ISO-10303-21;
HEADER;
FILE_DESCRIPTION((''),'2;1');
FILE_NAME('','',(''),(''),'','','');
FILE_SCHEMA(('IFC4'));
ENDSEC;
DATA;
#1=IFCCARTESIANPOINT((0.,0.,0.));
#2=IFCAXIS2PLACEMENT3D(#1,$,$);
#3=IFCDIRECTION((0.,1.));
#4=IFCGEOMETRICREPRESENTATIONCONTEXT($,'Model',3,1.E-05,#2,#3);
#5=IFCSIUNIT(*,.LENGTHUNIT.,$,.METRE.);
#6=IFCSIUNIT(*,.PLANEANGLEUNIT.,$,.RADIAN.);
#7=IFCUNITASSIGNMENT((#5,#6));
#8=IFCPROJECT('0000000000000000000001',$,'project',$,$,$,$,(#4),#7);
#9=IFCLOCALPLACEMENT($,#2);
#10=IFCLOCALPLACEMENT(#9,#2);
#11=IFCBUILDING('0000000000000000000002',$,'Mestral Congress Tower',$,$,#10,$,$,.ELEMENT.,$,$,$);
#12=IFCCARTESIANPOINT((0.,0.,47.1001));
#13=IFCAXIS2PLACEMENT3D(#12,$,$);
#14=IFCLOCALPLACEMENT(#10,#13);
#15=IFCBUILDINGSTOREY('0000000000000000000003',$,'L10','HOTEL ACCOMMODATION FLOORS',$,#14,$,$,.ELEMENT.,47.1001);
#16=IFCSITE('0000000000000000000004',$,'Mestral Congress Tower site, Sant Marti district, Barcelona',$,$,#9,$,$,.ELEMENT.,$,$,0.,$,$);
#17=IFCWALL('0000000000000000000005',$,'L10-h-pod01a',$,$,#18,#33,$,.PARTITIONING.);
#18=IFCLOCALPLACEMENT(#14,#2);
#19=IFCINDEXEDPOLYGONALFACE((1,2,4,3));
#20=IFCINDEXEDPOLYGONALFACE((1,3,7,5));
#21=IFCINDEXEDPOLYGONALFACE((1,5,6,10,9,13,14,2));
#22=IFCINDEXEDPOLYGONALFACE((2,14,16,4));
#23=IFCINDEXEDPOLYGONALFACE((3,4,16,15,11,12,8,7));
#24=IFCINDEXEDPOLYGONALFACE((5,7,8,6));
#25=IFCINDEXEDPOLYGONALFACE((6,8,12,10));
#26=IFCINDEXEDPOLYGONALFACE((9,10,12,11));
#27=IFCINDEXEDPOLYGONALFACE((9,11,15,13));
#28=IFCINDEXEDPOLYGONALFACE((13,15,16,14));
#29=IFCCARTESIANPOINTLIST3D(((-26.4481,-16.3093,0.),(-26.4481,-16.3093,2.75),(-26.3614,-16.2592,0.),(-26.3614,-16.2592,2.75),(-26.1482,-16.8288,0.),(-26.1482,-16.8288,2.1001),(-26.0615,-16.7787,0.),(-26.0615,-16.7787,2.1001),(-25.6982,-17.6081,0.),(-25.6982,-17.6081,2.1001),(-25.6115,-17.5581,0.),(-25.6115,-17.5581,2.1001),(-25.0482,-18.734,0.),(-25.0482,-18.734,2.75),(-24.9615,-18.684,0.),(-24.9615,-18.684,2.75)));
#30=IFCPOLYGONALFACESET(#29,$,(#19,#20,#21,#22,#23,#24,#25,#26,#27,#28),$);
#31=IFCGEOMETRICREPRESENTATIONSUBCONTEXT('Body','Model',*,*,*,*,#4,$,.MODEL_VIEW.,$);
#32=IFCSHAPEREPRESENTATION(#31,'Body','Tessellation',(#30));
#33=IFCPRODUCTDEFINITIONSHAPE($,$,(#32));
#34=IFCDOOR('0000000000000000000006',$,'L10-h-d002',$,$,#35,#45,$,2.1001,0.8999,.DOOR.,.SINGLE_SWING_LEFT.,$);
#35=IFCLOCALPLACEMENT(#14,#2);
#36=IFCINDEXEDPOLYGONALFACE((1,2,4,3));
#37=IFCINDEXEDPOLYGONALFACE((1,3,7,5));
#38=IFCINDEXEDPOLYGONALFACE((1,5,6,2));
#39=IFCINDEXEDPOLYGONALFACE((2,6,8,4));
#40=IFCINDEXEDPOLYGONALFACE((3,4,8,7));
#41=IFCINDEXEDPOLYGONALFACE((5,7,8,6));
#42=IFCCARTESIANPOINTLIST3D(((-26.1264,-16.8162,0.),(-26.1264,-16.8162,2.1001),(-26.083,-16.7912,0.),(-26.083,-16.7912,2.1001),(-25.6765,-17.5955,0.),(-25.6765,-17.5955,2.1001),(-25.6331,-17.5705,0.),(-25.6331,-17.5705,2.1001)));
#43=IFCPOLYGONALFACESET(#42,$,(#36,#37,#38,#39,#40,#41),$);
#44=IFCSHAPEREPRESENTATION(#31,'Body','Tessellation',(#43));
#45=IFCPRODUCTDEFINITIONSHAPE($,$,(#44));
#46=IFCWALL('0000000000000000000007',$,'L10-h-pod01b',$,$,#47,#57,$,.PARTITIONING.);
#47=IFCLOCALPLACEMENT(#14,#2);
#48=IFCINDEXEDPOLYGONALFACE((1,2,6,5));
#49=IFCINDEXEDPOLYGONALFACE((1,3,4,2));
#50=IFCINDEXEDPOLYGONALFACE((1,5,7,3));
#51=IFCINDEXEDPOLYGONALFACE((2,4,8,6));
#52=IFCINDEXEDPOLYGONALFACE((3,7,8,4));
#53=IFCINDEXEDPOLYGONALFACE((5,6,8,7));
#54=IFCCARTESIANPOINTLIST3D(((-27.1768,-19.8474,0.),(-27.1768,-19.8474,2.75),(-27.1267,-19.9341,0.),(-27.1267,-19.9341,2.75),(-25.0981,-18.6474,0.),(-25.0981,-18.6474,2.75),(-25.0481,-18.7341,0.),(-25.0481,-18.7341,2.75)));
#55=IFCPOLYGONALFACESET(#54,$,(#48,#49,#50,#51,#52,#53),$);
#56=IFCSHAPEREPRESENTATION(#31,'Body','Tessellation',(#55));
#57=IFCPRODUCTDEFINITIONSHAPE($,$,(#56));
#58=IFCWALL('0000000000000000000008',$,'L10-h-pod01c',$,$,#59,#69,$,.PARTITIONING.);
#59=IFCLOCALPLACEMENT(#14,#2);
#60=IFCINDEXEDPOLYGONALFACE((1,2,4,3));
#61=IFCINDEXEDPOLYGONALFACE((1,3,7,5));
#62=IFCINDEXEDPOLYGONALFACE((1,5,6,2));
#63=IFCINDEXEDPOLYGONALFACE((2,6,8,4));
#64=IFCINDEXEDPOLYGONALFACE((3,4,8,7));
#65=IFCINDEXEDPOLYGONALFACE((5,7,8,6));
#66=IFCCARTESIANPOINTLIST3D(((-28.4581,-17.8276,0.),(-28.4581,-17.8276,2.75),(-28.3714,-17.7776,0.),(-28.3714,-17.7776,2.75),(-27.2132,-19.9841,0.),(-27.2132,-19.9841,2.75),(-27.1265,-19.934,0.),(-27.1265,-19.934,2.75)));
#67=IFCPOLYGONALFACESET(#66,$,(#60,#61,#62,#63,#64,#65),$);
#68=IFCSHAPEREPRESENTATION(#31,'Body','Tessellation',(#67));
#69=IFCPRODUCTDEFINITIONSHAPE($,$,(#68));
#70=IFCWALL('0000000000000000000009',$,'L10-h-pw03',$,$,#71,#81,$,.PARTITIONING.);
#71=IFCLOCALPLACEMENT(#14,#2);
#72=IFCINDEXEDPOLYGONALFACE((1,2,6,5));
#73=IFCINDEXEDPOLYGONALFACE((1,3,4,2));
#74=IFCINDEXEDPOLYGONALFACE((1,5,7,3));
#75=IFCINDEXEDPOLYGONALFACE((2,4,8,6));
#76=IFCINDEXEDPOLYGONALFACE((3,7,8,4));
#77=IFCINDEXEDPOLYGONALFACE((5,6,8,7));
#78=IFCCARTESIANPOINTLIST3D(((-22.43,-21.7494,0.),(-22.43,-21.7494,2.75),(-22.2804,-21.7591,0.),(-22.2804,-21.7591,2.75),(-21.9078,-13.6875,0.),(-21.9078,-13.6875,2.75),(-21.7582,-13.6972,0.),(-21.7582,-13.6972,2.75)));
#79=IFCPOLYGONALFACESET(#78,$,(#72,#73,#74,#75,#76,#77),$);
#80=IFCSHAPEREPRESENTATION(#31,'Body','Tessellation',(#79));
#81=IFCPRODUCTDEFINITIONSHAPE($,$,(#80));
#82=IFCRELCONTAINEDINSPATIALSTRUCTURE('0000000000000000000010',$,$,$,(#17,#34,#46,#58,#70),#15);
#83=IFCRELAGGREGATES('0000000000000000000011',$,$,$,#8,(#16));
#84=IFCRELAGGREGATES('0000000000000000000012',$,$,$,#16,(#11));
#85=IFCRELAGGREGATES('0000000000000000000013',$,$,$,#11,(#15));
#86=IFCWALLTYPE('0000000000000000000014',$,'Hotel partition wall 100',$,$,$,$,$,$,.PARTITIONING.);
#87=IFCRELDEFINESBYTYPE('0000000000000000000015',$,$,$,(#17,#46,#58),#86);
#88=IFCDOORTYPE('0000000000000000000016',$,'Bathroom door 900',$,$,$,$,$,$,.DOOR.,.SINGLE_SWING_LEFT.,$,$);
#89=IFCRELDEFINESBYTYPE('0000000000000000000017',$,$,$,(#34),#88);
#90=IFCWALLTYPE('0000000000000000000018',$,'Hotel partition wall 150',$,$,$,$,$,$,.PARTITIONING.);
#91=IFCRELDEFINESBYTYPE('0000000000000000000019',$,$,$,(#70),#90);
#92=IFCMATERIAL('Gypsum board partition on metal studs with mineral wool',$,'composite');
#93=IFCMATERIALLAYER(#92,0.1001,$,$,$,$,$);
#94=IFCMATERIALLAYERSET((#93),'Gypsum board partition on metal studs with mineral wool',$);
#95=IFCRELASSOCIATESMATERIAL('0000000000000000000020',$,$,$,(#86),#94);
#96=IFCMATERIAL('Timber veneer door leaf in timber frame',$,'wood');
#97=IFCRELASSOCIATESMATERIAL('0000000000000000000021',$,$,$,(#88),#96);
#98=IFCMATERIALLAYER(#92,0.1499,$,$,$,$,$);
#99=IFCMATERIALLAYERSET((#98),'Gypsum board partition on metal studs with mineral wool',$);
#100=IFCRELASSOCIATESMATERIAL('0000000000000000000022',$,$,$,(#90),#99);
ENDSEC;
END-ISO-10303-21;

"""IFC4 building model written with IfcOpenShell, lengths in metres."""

from ifc_helpers import new_model, si_unit, direction, frame, frame_2d, origin, place, context, subcontext, project, spatial, rectangle, extrude, material, layer, layer_set, type_object, element, fill, save


model = new_model("IFC4")

# Units and contexts
model_context = context("Model", 3, precision=1e-05, world=origin(), true_north=direction((0.0, 1.0)))
body_context = subcontext(model_context, "Body", "Model", "MODEL_VIEW")
ifc_project = project(units=[si_unit("LENGTHUNIT", "METRE"), si_unit("PLANEANGLEUNIT", "RADIAN")], contexts=[model_context])

# Site, building, storey
site_placement = place(None, origin())
site = spatial("IfcSite", under=ifc_project, at=site_placement, Name="Mestral Congress Tower site, Sant Marti district, Barcelona", CompositionType="ELEMENT", RefElevation=0.0)
building_placement = place(site_placement, origin())
building = spatial("IfcBuilding", under=site, at=building_placement, Name="Mestral Congress Tower", CompositionType="ELEMENT")
storey_placement = place(building_placement, frame((0.0, 0.0, 47.1001)))
storey = spatial("IfcBuildingStorey", under=building, at=storey_placement, Name="L10", Description="HOTEL ACCOMMODATION FLOORS", CompositionType="ELEMENT", Elevation=47.1001)

# Wall, opening, door
ifc_material_1 = material(Name="Gypsum board partition on metal studs with mineral wool", Category="composite")
ifc_layer_1 = layer(ifc_material_1, 0.1001)
ifc_layer_set_1 = layer_set([ifc_layer_1], Name="Gypsum board partition on metal studs with mineral wool")
wall_type_1 = type_object("IfcWallType", Name="Hotel partition wall 100", PredefinedType="PARTITIONING", material=ifc_layer_set_1)
wall_1_placement = place(storey_placement, frame((-25.0049, -18.709, 0.0), z_axis=(0.0, 0.0, 1.0), x_axis=(-0.499984, 0.866035, 0.0)))
wall_1 = element("IfcWall", 1, at=wall_1_placement, inside=storey, type_object=wall_type_1, Name="L10-h-pod01a", PredefinedType="PARTITIONING", context=body_context, shape_type="SweptSolid", body=[
    extrude(rectangle(XDim=2.7998, YDim=0.1001, at=frame_2d((1.3999, 0.0))), origin(), (0.0, 0.0, 1.0), 2.75),
])
opening_1_placement = place(wall_1_placement, frame((1.3, 0.0, 0.0)))
opening_1 = element("IfcOpeningElement", 2, at=opening_1_placement, cuts=wall_1, PredefinedType="OPENING", context=body_context, shape_type="SweptSolid", body=[
    extrude(rectangle(XDim=0.8999, YDim=2.1001, at=frame_2d((0.45, 1.05))), frame((0.0, 0.0601, 0.0), z_axis=(0.0, -1.0, 0.0), x_axis=(1.0, 0.0, 0.0)), (0.0, 0.0, 1.0), 0.1201),
])
ifc_material_2 = material(Name="Timber veneer door leaf in timber frame", Category="wood")
door_type = type_object("IfcDoorType", Name="Bathroom door 900", OperationType="SINGLE_SWING_LEFT", PredefinedType="DOOR", material=ifc_material_2)
door_placement = place(opening_1_placement, origin())
door = element("IfcDoor", 3, at=door_placement, inside=storey, type_object=door_type, Name="L10-h-d002", OperationType="SINGLE_SWING_LEFT", OverallHeight=2.1001, OverallWidth=0.8999, PredefinedType="DOOR", context=body_context, shape_type="SweptSolid", body=[
    extrude(rectangle(XDim=0.8999, YDim=2.1001, at=frame_2d((0.45, 1.05))), frame((0.0, 0.0249, 0.0), z_axis=(0.0, -1.0, 0.0), x_axis=(1.0, 0.0, 0.0)), (0.0, 0.0, 1.0), 0.05),
])
fill(opening_1, door)

# Walls
wall_2_placement = place(storey_placement, frame((-25.073, -18.6907, 0.0), z_axis=(0.0, 0.0, 1.0), x_axis=(-0.86605, -0.499957, 0.0)))
element("IfcWall", 4, at=wall_2_placement, inside=storey, type_object=wall_type_1, Name="L10-h-pod01b", PredefinedType="PARTITIONING", context=body_context, shape_type="SweptSolid", body=[
    extrude(rectangle(XDim=2.4001, YDim=0.1001, at=frame_2d((1.2002, 0.0))), origin(), (0.0, 0.0, 1.0), 2.75),
])
wall_3_placement = place(storey_placement, frame((-28.4148, -17.8025, 0.0), z_axis=(0.0, 0.0, 1.0), x_axis=(0.499946, -0.866057, 0.0)))
element("IfcWall", 5, at=wall_3_placement, inside=storey, type_object=wall_type_1, Name="L10-h-pod01c", PredefinedType="PARTITIONING", context=body_context, shape_type="SweptSolid", body=[
    extrude(rectangle(XDim=2.49, YDim=0.1001, at=frame_2d((1.2451, 0.0))), origin(), (0.0, 0.0, 1.0), 2.75),
])
ifc_layer_2 = layer(ifc_material_1, 0.1499)
ifc_layer_set_2 = layer_set([ifc_layer_2], Name="Gypsum board partition on metal studs with mineral wool")
wall_type_2 = type_object("IfcWallType", Name="Hotel partition wall 150", PredefinedType="PARTITIONING", material=ifc_layer_set_2)
wall_4_placement = place(storey_placement, frame((-22.3552, -21.7544, 0.0), z_axis=(0.0, 0.0, 1.0), x_axis=(0.06464, 0.997909, 0.0)))
element("IfcWall", 6, at=wall_4_placement, inside=storey, type_object=wall_type_2, Name="L10-h-pw03", PredefinedType="PARTITIONING", context=body_context, shape_type="SweptSolid", body=[
    extrude(rectangle(XDim=8.0789, YDim=0.1499, at=frame_2d((4.0396, 0.0))), origin(), (0.0, 0.0, 1.0), 2.75),
])

save(model, "model.ifc")
